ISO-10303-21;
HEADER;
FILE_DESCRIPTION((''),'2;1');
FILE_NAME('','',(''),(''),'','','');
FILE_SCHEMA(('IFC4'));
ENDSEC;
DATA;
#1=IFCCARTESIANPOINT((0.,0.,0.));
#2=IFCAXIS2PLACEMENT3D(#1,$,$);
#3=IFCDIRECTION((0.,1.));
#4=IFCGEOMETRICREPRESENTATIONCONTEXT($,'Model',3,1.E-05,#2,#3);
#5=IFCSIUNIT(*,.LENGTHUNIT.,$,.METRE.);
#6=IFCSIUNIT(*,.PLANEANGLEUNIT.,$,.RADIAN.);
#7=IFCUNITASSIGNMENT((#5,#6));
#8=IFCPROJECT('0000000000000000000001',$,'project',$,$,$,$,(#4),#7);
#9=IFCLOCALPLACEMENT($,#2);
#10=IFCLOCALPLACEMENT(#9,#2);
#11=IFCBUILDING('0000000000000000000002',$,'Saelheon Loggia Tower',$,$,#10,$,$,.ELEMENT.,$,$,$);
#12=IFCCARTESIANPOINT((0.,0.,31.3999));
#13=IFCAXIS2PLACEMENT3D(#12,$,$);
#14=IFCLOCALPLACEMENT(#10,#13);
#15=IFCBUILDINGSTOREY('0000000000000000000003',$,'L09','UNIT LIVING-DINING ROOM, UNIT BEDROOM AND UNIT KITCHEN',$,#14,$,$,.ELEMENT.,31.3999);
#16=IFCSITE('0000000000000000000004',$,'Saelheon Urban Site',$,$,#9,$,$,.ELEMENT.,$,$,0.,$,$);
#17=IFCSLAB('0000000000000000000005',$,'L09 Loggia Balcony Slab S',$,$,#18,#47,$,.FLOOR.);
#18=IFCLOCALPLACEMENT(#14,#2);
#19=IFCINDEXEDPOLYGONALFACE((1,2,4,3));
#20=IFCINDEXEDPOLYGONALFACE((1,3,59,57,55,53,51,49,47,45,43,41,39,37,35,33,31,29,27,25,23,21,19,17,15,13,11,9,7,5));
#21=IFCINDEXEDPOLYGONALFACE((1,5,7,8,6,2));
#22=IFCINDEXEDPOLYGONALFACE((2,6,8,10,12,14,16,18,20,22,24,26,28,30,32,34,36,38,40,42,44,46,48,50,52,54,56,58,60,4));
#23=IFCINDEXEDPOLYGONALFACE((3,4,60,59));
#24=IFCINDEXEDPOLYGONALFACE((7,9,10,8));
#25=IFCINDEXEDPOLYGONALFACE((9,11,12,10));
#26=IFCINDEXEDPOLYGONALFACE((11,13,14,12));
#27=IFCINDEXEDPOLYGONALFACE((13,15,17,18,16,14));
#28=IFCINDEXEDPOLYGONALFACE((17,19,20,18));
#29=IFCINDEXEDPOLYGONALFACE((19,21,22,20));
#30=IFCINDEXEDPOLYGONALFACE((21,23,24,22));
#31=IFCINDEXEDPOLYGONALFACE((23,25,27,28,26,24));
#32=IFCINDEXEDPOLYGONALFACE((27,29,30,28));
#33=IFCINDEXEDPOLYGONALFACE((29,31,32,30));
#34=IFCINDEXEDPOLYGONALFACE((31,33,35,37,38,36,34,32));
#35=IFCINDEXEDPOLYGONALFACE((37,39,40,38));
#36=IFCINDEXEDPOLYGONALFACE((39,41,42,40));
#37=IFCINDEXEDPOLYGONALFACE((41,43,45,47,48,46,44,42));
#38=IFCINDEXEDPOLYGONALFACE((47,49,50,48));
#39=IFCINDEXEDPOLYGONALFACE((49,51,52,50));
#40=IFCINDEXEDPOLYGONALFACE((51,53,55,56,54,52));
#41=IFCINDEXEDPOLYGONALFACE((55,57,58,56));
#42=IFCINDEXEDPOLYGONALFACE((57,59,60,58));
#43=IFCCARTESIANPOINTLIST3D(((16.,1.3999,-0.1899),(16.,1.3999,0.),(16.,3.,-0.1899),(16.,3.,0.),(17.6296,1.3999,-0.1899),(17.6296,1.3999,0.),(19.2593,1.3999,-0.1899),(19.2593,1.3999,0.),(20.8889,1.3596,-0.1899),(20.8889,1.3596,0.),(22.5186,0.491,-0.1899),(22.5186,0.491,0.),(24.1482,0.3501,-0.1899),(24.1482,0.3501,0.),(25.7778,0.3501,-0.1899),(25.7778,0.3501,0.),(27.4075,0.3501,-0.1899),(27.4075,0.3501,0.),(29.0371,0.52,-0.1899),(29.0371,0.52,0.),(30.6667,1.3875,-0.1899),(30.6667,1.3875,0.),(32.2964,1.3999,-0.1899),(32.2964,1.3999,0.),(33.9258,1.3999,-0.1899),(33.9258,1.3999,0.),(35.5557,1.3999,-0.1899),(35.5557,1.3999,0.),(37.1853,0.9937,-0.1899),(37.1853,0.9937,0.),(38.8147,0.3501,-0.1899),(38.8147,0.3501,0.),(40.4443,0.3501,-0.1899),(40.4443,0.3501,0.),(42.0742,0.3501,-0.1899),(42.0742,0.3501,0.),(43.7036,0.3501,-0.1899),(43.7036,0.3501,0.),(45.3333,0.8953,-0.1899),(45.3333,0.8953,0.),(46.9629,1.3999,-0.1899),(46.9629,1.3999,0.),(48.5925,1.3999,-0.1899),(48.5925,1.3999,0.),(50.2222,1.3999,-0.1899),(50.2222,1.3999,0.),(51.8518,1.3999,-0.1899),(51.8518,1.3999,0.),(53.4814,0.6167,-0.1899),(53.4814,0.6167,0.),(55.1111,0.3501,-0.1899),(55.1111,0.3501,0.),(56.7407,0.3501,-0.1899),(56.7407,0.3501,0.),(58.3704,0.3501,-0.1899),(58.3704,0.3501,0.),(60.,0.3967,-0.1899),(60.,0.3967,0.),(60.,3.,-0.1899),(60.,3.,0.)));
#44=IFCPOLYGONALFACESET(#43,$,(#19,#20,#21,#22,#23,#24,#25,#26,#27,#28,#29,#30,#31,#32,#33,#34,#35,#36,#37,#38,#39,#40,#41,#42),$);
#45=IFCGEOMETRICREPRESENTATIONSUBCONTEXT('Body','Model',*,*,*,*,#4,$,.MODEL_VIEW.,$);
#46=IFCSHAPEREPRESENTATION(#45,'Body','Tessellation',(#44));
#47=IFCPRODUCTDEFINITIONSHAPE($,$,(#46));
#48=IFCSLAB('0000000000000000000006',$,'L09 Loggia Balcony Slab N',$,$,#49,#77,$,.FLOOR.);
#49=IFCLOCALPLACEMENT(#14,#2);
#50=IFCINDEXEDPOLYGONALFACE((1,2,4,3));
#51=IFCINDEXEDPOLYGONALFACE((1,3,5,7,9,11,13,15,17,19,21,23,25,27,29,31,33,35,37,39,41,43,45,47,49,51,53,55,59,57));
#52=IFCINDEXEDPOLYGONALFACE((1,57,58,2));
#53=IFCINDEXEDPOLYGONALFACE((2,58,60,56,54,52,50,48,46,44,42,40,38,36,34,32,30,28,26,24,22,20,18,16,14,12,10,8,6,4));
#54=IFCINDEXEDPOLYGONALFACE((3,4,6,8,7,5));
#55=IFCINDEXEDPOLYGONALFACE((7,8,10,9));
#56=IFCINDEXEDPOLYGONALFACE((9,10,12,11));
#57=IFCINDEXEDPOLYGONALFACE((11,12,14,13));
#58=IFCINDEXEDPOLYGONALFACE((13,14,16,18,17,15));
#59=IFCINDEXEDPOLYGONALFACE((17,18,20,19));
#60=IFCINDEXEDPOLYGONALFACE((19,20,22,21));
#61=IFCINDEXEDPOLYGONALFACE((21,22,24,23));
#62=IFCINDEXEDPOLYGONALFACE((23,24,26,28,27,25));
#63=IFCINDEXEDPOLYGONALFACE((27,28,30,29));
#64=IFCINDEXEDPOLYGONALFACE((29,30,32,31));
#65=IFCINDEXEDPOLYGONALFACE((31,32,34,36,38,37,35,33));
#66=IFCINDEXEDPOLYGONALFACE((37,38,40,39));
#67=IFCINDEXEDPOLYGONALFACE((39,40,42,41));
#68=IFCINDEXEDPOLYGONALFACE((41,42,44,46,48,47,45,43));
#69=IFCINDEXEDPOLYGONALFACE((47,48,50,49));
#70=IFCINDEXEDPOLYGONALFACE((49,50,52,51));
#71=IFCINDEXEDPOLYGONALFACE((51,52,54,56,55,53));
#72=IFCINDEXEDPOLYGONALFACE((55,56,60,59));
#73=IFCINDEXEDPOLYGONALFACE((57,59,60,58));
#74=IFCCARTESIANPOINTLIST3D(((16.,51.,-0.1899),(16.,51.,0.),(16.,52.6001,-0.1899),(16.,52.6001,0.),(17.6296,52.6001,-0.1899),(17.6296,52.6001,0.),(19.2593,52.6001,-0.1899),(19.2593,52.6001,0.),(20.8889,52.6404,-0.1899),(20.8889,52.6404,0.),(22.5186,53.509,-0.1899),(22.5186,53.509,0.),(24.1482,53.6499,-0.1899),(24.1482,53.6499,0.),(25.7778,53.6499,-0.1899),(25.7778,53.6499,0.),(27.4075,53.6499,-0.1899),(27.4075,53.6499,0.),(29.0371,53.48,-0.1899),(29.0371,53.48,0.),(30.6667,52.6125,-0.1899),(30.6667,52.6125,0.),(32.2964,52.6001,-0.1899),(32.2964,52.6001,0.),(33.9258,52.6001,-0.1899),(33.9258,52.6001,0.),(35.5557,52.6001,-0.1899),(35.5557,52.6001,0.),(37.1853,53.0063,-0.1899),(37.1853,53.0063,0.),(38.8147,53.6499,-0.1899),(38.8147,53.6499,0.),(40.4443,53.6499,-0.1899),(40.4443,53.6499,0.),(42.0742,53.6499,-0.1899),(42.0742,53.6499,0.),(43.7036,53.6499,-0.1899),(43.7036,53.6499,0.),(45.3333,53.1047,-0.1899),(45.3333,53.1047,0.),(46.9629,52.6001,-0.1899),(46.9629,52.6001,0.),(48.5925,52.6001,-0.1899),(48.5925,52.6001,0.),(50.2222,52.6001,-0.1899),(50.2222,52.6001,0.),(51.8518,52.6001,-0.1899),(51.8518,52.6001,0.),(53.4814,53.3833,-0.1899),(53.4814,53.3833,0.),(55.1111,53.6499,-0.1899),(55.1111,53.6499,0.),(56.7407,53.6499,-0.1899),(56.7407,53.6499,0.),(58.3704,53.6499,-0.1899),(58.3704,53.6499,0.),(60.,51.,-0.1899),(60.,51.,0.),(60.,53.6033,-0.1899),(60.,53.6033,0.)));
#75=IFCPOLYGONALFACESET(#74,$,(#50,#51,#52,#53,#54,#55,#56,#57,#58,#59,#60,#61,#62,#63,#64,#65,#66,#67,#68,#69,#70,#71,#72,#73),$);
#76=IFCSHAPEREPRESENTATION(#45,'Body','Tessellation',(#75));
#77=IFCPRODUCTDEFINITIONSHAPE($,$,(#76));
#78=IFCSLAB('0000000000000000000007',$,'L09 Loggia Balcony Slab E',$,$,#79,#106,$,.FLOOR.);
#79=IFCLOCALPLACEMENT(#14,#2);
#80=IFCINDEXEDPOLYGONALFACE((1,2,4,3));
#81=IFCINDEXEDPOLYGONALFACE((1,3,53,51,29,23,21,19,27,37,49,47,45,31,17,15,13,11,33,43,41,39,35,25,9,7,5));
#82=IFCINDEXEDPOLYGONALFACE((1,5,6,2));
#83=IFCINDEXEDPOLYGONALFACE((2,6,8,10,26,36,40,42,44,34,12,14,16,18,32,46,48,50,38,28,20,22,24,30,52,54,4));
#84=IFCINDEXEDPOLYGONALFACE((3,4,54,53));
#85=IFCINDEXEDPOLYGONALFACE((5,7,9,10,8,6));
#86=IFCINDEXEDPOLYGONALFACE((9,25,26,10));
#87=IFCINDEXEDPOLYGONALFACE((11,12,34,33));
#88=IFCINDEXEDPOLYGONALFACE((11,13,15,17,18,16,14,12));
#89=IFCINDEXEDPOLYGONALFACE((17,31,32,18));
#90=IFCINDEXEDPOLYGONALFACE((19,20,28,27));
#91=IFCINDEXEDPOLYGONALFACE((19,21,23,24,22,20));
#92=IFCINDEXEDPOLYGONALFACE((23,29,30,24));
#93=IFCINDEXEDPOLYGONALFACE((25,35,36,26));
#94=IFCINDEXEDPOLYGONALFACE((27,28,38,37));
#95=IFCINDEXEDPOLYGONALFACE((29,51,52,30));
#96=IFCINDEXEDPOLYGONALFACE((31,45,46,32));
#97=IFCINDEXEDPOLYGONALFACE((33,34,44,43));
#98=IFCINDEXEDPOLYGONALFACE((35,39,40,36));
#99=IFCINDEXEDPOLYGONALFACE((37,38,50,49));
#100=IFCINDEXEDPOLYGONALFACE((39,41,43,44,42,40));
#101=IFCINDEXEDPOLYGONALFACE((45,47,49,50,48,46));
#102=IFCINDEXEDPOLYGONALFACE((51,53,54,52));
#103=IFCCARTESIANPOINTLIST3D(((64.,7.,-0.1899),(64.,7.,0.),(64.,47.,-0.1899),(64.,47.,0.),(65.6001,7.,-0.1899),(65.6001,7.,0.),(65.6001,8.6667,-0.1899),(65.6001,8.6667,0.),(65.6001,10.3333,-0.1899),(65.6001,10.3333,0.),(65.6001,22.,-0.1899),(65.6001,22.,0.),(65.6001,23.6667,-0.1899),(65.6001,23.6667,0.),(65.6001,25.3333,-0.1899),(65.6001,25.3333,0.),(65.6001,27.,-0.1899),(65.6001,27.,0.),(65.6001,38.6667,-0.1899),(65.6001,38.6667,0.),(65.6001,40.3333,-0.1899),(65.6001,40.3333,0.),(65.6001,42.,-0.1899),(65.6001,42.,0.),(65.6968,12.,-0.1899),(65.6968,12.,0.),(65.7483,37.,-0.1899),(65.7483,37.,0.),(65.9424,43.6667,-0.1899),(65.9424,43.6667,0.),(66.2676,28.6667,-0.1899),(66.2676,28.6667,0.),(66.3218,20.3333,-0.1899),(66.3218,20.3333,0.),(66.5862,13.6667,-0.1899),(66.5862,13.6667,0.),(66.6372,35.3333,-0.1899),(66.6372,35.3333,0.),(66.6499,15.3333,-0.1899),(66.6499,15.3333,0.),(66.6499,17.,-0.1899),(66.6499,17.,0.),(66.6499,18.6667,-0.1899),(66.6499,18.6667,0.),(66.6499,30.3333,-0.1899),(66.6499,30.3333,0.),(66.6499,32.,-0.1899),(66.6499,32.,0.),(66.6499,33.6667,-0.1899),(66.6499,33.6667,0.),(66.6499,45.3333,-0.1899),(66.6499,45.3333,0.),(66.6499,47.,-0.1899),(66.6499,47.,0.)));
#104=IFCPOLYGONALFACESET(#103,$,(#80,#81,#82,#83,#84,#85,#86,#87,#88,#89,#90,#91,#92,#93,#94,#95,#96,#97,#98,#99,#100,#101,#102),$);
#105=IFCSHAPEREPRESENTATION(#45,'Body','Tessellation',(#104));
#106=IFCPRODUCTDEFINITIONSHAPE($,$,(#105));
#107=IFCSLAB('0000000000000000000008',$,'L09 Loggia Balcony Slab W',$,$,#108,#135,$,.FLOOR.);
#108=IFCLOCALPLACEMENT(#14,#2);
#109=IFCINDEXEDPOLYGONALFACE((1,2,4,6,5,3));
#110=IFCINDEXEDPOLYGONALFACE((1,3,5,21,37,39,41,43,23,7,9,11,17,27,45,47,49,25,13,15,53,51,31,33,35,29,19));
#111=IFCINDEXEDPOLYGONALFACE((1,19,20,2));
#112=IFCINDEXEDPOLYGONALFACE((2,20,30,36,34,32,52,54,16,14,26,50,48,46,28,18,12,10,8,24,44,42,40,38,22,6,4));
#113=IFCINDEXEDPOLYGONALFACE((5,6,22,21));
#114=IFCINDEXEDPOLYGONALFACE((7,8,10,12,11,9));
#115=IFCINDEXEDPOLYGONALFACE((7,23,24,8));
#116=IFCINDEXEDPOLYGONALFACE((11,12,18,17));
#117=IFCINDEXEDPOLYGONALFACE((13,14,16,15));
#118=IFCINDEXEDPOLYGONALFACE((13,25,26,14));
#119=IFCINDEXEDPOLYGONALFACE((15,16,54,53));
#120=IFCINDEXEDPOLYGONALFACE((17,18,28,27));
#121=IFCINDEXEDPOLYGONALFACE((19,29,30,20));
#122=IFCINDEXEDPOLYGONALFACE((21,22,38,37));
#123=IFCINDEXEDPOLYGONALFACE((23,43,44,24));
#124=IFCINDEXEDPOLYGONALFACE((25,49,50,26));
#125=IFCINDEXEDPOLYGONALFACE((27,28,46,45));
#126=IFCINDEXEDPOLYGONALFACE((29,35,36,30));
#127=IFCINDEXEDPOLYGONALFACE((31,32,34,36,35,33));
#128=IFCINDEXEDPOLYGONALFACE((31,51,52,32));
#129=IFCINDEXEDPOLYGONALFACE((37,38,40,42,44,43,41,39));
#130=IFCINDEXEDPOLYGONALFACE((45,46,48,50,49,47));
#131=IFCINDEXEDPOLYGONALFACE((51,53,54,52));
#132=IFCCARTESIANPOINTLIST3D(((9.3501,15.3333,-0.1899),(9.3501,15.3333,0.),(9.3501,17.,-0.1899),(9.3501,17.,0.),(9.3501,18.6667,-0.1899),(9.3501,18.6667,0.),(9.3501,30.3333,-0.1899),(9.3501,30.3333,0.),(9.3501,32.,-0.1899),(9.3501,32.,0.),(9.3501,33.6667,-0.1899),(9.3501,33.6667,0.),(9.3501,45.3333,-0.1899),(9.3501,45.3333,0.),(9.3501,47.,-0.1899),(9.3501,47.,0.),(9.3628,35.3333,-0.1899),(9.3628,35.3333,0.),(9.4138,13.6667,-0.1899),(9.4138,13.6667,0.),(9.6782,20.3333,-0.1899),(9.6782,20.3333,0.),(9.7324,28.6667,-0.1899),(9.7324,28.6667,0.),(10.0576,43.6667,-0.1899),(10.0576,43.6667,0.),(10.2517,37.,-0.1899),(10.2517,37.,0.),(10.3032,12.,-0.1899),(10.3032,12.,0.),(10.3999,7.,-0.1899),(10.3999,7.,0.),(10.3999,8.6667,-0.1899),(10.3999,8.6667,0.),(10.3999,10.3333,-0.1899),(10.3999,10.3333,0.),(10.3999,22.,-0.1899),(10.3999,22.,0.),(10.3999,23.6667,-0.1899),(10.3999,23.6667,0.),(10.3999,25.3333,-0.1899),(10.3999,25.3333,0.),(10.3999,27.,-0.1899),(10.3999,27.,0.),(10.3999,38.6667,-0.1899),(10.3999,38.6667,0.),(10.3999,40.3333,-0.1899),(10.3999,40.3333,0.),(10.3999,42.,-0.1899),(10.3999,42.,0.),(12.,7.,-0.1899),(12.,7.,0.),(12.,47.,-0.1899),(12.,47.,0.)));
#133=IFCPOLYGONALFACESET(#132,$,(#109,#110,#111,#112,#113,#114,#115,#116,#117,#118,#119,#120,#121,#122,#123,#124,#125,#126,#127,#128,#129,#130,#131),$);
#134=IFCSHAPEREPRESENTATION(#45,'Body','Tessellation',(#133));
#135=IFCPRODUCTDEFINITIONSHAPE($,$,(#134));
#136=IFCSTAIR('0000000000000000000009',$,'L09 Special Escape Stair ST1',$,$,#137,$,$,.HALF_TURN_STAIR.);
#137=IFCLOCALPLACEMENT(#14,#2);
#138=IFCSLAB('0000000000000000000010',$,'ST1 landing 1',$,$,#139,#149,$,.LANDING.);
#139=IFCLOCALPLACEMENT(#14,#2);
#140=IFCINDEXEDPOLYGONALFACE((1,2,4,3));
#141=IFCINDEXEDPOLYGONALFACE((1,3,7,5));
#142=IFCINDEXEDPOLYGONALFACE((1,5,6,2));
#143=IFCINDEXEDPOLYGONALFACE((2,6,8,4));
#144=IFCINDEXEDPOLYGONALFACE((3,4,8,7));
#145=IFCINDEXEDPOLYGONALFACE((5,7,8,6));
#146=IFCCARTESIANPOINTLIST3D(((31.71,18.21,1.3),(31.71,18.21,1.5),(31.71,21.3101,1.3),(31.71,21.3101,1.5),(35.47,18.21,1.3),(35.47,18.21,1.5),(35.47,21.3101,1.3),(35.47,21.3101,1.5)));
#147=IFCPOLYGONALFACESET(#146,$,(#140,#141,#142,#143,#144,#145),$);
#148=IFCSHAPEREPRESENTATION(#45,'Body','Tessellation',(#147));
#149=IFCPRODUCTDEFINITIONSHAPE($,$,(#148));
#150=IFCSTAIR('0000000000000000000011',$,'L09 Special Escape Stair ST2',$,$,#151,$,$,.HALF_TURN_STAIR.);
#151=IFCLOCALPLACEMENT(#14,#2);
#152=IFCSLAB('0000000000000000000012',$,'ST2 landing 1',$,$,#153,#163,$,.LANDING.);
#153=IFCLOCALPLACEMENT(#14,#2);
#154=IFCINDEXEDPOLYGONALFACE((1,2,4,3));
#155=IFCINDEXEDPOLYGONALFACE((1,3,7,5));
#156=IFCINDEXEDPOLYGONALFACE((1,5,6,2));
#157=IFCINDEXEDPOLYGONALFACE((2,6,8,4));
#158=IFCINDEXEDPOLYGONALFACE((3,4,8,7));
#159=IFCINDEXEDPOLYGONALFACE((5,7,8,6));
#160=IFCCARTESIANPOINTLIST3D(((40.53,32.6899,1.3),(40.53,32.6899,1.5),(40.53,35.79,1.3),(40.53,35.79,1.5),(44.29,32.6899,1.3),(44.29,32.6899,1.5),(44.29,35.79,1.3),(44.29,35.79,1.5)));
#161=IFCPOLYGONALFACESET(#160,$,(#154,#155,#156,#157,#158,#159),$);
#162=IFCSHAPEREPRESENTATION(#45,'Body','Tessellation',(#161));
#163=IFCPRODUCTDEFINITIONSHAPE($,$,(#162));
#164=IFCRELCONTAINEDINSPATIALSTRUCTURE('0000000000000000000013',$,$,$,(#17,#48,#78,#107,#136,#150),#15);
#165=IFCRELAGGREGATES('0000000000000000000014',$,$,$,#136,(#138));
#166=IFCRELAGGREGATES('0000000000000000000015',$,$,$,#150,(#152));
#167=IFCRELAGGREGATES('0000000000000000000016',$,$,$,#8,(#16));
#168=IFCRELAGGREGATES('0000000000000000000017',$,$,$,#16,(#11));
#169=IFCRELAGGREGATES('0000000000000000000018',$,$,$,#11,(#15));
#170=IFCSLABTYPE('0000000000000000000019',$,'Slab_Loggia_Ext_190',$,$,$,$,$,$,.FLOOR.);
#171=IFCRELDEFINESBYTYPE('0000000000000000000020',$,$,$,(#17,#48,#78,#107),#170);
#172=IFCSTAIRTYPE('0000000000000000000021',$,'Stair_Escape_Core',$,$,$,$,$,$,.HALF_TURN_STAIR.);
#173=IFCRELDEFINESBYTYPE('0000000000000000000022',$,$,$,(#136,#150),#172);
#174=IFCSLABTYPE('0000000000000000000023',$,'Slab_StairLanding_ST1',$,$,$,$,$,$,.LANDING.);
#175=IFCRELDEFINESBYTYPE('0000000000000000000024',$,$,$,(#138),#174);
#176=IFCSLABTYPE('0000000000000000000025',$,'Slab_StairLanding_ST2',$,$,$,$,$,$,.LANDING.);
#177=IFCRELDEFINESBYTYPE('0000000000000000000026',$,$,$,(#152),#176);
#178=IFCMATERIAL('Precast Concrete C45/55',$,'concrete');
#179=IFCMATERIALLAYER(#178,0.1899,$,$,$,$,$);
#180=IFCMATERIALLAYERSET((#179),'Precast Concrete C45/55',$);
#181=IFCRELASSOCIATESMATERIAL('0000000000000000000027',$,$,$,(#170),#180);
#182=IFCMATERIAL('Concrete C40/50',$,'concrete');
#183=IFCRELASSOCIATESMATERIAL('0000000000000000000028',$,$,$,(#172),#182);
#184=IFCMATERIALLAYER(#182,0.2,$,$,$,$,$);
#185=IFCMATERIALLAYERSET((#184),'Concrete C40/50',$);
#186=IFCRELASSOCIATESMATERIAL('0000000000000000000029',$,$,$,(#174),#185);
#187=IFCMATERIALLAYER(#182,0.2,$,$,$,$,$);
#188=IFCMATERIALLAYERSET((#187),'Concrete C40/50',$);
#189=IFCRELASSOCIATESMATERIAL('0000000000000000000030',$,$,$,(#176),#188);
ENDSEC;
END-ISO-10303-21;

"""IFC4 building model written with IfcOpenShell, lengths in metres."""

from ifc_helpers import new_model, si_unit, direction, frame, origin, place, context, subcontext, project, spatial, polyline, outline, extrude, material, layer, layer_set, type_object, element, aggregate, save


model = new_model("IFC4")

# Units and contexts
model_context = context("Model", 3, precision=1e-05, world=origin(), true_north=direction((0.0, 1.0)))
body_context = subcontext(model_context, "Body", "Model", "MODEL_VIEW")
ifc_project = project(units=[si_unit("LENGTHUNIT", "METRE"), si_unit("PLANEANGLEUNIT", "RADIAN")], contexts=[model_context])

# Site, building, storey
site_placement = place(None, origin())
site = spatial("IfcSite", under=ifc_project, at=site_placement, Name="Saelheon Urban Site", CompositionType="ELEMENT", RefElevation=0.0)
building_placement = place(site_placement, origin())
building = spatial("IfcBuilding", under=site, at=building_placement, Name="Saelheon Loggia Tower", CompositionType="ELEMENT")
storey_placement = place(building_placement, frame((0.0, 0.0, 31.3999)))
storey = spatial("IfcBuildingStorey", under=building, at=storey_placement, Name="L09", Description="UNIT LIVING-DINING ROOM, UNIT BEDROOM AND UNIT KITCHEN", CompositionType="ELEMENT", Elevation=31.3999)

# Slabs
ifc_material_1 = material(Name="Precast Concrete C45/55", Category="concrete")
ifc_layer_1 = layer(ifc_material_1, 0.1899)
ifc_layer_set_1 = layer_set([ifc_layer_1], Name="Precast Concrete C45/55")
slab_type_1 = type_object("IfcSlabType", Name="Slab_Loggia_Ext_190", PredefinedType="FLOOR", material=ifc_layer_set_1)
slab_1_placement = place(storey_placement, frame((0.0, 0.0, -0.1899)))
element("IfcSlab", 1, at=slab_1_placement, inside=storey, type_object=slab_type_1, Name="L09 Loggia Balcony Slab S", PredefinedType="FLOOR", context=body_context, shape_type="SweptSolid", body=[
    extrude(outline(polyline([(16.0, 1.3999), (17.6296, 1.3999), (19.2593, 1.3999), (20.8889, 1.3596), (22.5186, 0.491), (24.1482, 0.3501), (25.7778, 0.3501), (27.4075, 0.3501), (29.0371, 0.52), (30.6667, 1.3875), (32.2964, 1.3999), (33.9258, 1.3999), (35.5557, 1.3999), (37.1853, 0.9937), (38.8147, 0.3501), (40.4443, 0.3501), (42.0742, 0.3501), (43.7036, 0.3501), (45.3333, 0.8953), (46.9629, 1.3999), (48.5925, 1.3999), (50.2222, 1.3999), (51.8518, 1.3999), (53.4814, 0.6167), (55.1111, 0.3501), (56.7407, 0.3501), (58.3704, 0.3501), (60.0, 0.3967), (60.0, 3.0), (16.0, 3.0), (16.0, 1.3999)])), origin(), (0.0, 0.0, 1.0), 0.1899),
])
slab_2_placement = place(storey_placement, frame((0.0, 0.0, -0.1899)))
element("IfcSlab", 2, at=slab_2_placement, inside=storey, type_object=slab_type_1, Name="L09 Loggia Balcony Slab N", PredefinedType="FLOOR", context=body_context, shape_type="SweptSolid", body=[
    extrude(outline(polyline([(16.0, 51.0), (60.0, 51.0), (60.0, 53.6033), (58.3704, 53.6499), (56.7407, 53.6499), (55.1111, 53.6499), (53.4814, 53.3833), (51.8518, 52.6001), (50.2222, 52.6001), (48.5925, 52.6001), (46.9629, 52.6001), (45.3333, 53.1047), (43.7036, 53.6499), (42.0742, 53.6499), (40.4443, 53.6499), (38.8147, 53.6499), (37.1853, 53.0063), (35.5557, 52.6001), (33.9258, 52.6001), (32.2964, 52.6001), (30.6667, 52.6125), (29.0371, 53.48), (27.4075, 53.6499), (25.7778, 53.6499), (24.1482, 53.6499), (22.5186, 53.509), (20.8889, 52.6404), (19.2593, 52.6001), (17.6296, 52.6001), (16.0, 52.6001), (16.0, 51.0)])), origin(), (0.0, 0.0, 1.0), 0.1899),
])
slab_3_placement = place(storey_placement, frame((0.0, 0.0, -0.1899)))
element("IfcSlab", 3, at=slab_3_placement, inside=storey, type_object=slab_type_1, Name="L09 Loggia Balcony Slab E", PredefinedType="FLOOR", context=body_context, shape_type="SweptSolid", body=[
    extrude(outline(polyline([(64.0, 7.0), (65.6001, 7.0), (65.6001, 8.6667), (65.6001, 10.3333), (65.6968, 12.0), (66.5862, 13.6667), (66.6499, 15.3333), (66.6499, 17.0), (66.6499, 18.6667), (66.3218, 20.3333), (65.6001, 22.0), (65.6001, 23.6667), (65.6001, 25.3333), (65.6001, 27.0), (66.2676, 28.6667), (66.6499, 30.3333), (66.6499, 32.0), (66.6499, 33.6667), (66.6372, 35.3333), (65.7483, 37.0), (65.6001, 38.6667), (65.6001, 40.3333), (65.6001, 42.0), (65.9424, 43.6667), (66.6499, 45.3333), (66.6499, 47.0), (64.0, 47.0), (64.0, 7.0)])), origin(), (0.0, 0.0, 1.0), 0.1899),
])
slab_4_placement = place(storey_placement, frame((0.0, 0.0, -0.1899)))
element("IfcSlab", 4, at=slab_4_placement, inside=storey, type_object=slab_type_1, Name="L09 Loggia Balcony Slab W", PredefinedType="FLOOR", context=body_context, shape_type="SweptSolid", body=[
    extrude(outline(polyline([(12.0, 7.0), (12.0, 47.0), (9.3501, 47.0), (9.3501, 45.3333), (10.0576, 43.6667), (10.3999, 42.0), (10.3999, 40.3333), (10.3999, 38.6667), (10.2517, 37.0), (9.3628, 35.3333), (9.3501, 33.6667), (9.3501, 32.0), (9.3501, 30.3333), (9.7324, 28.6667), (10.3999, 27.0), (10.3999, 25.3333), (10.3999, 23.6667), (10.3999, 22.0), (9.6782, 20.3333), (9.3501, 18.6667), (9.3501, 17.0), (9.3501, 15.3333), (9.4138, 13.6667), (10.3032, 12.0), (10.3999, 10.3333), (10.3999, 8.6667), (10.3999, 7.0), (12.0, 7.0)])), origin(), (0.0, 0.0, 1.0), 0.1899),
])

# Stairs, slabs
ifc_material_2 = material(Name="Concrete C40/50", Category="concrete")
stair_type = type_object("IfcStairType", Name="Stair_Escape_Core", PredefinedType="HALF_TURN_STAIR", material=ifc_material_2)
stair_1_placement = place(storey_placement, origin())
stair_1 = element("IfcStair", 5, at=stair_1_placement, inside=storey, type_object=stair_type, Name="L09 Special Escape Stair ST1", PredefinedType="HALF_TURN_STAIR")
ifc_layer_2 = layer(ifc_material_2, 0.2)
ifc_layer_set_2 = layer_set([ifc_layer_2], Name="Concrete C40/50")
slab_type_2 = type_object("IfcSlabType", Name="Slab_StairLanding_ST1", PredefinedType="LANDING", material=ifc_layer_set_2)
slab_5_placement = place(storey_placement, frame((0.0, 0.0, 1.3)))
slab_5 = element("IfcSlab", 6, at=slab_5_placement, type_object=slab_type_2, Name="ST1 landing 1", PredefinedType="LANDING", context=body_context, shape_type="SweptSolid", body=[
    extrude(outline(polyline([(31.71, 21.3101), (31.71, 18.21), (35.47, 18.21), (35.47, 21.3101), (31.71, 21.3101)])), origin(), (0.0, 0.0, 1.0), 0.2),
])
aggregate(stair_1, [slab_5])
stair_2_placement = place(storey_placement, origin())
stair_2 = element("IfcStair", 7, at=stair_2_placement, inside=storey, type_object=stair_type, Name="L09 Special Escape Stair ST2", PredefinedType="HALF_TURN_STAIR")
ifc_layer_3 = layer(ifc_material_2, 0.2)
ifc_layer_set_3 = layer_set([ifc_layer_3], Name="Concrete C40/50")
slab_type_3 = type_object("IfcSlabType", Name="Slab_StairLanding_ST2", PredefinedType="LANDING", material=ifc_layer_set_3)
slab_6_placement = place(storey_placement, frame((0.0, 0.0, 1.3)))
slab_6 = element("IfcSlab", 8, at=slab_6_placement, type_object=slab_type_3, Name="ST2 landing 1", PredefinedType="LANDING", context=body_context, shape_type="SweptSolid", body=[
    extrude(outline(polyline([(44.29, 32.6899), (44.29, 35.79), (40.53, 35.79), (40.53, 32.6899), (44.29, 32.6899)])), origin(), (0.0, 0.0, 1.0), 0.2),
])
aggregate(stair_2, [slab_6])

save(model, "model.ifc")
